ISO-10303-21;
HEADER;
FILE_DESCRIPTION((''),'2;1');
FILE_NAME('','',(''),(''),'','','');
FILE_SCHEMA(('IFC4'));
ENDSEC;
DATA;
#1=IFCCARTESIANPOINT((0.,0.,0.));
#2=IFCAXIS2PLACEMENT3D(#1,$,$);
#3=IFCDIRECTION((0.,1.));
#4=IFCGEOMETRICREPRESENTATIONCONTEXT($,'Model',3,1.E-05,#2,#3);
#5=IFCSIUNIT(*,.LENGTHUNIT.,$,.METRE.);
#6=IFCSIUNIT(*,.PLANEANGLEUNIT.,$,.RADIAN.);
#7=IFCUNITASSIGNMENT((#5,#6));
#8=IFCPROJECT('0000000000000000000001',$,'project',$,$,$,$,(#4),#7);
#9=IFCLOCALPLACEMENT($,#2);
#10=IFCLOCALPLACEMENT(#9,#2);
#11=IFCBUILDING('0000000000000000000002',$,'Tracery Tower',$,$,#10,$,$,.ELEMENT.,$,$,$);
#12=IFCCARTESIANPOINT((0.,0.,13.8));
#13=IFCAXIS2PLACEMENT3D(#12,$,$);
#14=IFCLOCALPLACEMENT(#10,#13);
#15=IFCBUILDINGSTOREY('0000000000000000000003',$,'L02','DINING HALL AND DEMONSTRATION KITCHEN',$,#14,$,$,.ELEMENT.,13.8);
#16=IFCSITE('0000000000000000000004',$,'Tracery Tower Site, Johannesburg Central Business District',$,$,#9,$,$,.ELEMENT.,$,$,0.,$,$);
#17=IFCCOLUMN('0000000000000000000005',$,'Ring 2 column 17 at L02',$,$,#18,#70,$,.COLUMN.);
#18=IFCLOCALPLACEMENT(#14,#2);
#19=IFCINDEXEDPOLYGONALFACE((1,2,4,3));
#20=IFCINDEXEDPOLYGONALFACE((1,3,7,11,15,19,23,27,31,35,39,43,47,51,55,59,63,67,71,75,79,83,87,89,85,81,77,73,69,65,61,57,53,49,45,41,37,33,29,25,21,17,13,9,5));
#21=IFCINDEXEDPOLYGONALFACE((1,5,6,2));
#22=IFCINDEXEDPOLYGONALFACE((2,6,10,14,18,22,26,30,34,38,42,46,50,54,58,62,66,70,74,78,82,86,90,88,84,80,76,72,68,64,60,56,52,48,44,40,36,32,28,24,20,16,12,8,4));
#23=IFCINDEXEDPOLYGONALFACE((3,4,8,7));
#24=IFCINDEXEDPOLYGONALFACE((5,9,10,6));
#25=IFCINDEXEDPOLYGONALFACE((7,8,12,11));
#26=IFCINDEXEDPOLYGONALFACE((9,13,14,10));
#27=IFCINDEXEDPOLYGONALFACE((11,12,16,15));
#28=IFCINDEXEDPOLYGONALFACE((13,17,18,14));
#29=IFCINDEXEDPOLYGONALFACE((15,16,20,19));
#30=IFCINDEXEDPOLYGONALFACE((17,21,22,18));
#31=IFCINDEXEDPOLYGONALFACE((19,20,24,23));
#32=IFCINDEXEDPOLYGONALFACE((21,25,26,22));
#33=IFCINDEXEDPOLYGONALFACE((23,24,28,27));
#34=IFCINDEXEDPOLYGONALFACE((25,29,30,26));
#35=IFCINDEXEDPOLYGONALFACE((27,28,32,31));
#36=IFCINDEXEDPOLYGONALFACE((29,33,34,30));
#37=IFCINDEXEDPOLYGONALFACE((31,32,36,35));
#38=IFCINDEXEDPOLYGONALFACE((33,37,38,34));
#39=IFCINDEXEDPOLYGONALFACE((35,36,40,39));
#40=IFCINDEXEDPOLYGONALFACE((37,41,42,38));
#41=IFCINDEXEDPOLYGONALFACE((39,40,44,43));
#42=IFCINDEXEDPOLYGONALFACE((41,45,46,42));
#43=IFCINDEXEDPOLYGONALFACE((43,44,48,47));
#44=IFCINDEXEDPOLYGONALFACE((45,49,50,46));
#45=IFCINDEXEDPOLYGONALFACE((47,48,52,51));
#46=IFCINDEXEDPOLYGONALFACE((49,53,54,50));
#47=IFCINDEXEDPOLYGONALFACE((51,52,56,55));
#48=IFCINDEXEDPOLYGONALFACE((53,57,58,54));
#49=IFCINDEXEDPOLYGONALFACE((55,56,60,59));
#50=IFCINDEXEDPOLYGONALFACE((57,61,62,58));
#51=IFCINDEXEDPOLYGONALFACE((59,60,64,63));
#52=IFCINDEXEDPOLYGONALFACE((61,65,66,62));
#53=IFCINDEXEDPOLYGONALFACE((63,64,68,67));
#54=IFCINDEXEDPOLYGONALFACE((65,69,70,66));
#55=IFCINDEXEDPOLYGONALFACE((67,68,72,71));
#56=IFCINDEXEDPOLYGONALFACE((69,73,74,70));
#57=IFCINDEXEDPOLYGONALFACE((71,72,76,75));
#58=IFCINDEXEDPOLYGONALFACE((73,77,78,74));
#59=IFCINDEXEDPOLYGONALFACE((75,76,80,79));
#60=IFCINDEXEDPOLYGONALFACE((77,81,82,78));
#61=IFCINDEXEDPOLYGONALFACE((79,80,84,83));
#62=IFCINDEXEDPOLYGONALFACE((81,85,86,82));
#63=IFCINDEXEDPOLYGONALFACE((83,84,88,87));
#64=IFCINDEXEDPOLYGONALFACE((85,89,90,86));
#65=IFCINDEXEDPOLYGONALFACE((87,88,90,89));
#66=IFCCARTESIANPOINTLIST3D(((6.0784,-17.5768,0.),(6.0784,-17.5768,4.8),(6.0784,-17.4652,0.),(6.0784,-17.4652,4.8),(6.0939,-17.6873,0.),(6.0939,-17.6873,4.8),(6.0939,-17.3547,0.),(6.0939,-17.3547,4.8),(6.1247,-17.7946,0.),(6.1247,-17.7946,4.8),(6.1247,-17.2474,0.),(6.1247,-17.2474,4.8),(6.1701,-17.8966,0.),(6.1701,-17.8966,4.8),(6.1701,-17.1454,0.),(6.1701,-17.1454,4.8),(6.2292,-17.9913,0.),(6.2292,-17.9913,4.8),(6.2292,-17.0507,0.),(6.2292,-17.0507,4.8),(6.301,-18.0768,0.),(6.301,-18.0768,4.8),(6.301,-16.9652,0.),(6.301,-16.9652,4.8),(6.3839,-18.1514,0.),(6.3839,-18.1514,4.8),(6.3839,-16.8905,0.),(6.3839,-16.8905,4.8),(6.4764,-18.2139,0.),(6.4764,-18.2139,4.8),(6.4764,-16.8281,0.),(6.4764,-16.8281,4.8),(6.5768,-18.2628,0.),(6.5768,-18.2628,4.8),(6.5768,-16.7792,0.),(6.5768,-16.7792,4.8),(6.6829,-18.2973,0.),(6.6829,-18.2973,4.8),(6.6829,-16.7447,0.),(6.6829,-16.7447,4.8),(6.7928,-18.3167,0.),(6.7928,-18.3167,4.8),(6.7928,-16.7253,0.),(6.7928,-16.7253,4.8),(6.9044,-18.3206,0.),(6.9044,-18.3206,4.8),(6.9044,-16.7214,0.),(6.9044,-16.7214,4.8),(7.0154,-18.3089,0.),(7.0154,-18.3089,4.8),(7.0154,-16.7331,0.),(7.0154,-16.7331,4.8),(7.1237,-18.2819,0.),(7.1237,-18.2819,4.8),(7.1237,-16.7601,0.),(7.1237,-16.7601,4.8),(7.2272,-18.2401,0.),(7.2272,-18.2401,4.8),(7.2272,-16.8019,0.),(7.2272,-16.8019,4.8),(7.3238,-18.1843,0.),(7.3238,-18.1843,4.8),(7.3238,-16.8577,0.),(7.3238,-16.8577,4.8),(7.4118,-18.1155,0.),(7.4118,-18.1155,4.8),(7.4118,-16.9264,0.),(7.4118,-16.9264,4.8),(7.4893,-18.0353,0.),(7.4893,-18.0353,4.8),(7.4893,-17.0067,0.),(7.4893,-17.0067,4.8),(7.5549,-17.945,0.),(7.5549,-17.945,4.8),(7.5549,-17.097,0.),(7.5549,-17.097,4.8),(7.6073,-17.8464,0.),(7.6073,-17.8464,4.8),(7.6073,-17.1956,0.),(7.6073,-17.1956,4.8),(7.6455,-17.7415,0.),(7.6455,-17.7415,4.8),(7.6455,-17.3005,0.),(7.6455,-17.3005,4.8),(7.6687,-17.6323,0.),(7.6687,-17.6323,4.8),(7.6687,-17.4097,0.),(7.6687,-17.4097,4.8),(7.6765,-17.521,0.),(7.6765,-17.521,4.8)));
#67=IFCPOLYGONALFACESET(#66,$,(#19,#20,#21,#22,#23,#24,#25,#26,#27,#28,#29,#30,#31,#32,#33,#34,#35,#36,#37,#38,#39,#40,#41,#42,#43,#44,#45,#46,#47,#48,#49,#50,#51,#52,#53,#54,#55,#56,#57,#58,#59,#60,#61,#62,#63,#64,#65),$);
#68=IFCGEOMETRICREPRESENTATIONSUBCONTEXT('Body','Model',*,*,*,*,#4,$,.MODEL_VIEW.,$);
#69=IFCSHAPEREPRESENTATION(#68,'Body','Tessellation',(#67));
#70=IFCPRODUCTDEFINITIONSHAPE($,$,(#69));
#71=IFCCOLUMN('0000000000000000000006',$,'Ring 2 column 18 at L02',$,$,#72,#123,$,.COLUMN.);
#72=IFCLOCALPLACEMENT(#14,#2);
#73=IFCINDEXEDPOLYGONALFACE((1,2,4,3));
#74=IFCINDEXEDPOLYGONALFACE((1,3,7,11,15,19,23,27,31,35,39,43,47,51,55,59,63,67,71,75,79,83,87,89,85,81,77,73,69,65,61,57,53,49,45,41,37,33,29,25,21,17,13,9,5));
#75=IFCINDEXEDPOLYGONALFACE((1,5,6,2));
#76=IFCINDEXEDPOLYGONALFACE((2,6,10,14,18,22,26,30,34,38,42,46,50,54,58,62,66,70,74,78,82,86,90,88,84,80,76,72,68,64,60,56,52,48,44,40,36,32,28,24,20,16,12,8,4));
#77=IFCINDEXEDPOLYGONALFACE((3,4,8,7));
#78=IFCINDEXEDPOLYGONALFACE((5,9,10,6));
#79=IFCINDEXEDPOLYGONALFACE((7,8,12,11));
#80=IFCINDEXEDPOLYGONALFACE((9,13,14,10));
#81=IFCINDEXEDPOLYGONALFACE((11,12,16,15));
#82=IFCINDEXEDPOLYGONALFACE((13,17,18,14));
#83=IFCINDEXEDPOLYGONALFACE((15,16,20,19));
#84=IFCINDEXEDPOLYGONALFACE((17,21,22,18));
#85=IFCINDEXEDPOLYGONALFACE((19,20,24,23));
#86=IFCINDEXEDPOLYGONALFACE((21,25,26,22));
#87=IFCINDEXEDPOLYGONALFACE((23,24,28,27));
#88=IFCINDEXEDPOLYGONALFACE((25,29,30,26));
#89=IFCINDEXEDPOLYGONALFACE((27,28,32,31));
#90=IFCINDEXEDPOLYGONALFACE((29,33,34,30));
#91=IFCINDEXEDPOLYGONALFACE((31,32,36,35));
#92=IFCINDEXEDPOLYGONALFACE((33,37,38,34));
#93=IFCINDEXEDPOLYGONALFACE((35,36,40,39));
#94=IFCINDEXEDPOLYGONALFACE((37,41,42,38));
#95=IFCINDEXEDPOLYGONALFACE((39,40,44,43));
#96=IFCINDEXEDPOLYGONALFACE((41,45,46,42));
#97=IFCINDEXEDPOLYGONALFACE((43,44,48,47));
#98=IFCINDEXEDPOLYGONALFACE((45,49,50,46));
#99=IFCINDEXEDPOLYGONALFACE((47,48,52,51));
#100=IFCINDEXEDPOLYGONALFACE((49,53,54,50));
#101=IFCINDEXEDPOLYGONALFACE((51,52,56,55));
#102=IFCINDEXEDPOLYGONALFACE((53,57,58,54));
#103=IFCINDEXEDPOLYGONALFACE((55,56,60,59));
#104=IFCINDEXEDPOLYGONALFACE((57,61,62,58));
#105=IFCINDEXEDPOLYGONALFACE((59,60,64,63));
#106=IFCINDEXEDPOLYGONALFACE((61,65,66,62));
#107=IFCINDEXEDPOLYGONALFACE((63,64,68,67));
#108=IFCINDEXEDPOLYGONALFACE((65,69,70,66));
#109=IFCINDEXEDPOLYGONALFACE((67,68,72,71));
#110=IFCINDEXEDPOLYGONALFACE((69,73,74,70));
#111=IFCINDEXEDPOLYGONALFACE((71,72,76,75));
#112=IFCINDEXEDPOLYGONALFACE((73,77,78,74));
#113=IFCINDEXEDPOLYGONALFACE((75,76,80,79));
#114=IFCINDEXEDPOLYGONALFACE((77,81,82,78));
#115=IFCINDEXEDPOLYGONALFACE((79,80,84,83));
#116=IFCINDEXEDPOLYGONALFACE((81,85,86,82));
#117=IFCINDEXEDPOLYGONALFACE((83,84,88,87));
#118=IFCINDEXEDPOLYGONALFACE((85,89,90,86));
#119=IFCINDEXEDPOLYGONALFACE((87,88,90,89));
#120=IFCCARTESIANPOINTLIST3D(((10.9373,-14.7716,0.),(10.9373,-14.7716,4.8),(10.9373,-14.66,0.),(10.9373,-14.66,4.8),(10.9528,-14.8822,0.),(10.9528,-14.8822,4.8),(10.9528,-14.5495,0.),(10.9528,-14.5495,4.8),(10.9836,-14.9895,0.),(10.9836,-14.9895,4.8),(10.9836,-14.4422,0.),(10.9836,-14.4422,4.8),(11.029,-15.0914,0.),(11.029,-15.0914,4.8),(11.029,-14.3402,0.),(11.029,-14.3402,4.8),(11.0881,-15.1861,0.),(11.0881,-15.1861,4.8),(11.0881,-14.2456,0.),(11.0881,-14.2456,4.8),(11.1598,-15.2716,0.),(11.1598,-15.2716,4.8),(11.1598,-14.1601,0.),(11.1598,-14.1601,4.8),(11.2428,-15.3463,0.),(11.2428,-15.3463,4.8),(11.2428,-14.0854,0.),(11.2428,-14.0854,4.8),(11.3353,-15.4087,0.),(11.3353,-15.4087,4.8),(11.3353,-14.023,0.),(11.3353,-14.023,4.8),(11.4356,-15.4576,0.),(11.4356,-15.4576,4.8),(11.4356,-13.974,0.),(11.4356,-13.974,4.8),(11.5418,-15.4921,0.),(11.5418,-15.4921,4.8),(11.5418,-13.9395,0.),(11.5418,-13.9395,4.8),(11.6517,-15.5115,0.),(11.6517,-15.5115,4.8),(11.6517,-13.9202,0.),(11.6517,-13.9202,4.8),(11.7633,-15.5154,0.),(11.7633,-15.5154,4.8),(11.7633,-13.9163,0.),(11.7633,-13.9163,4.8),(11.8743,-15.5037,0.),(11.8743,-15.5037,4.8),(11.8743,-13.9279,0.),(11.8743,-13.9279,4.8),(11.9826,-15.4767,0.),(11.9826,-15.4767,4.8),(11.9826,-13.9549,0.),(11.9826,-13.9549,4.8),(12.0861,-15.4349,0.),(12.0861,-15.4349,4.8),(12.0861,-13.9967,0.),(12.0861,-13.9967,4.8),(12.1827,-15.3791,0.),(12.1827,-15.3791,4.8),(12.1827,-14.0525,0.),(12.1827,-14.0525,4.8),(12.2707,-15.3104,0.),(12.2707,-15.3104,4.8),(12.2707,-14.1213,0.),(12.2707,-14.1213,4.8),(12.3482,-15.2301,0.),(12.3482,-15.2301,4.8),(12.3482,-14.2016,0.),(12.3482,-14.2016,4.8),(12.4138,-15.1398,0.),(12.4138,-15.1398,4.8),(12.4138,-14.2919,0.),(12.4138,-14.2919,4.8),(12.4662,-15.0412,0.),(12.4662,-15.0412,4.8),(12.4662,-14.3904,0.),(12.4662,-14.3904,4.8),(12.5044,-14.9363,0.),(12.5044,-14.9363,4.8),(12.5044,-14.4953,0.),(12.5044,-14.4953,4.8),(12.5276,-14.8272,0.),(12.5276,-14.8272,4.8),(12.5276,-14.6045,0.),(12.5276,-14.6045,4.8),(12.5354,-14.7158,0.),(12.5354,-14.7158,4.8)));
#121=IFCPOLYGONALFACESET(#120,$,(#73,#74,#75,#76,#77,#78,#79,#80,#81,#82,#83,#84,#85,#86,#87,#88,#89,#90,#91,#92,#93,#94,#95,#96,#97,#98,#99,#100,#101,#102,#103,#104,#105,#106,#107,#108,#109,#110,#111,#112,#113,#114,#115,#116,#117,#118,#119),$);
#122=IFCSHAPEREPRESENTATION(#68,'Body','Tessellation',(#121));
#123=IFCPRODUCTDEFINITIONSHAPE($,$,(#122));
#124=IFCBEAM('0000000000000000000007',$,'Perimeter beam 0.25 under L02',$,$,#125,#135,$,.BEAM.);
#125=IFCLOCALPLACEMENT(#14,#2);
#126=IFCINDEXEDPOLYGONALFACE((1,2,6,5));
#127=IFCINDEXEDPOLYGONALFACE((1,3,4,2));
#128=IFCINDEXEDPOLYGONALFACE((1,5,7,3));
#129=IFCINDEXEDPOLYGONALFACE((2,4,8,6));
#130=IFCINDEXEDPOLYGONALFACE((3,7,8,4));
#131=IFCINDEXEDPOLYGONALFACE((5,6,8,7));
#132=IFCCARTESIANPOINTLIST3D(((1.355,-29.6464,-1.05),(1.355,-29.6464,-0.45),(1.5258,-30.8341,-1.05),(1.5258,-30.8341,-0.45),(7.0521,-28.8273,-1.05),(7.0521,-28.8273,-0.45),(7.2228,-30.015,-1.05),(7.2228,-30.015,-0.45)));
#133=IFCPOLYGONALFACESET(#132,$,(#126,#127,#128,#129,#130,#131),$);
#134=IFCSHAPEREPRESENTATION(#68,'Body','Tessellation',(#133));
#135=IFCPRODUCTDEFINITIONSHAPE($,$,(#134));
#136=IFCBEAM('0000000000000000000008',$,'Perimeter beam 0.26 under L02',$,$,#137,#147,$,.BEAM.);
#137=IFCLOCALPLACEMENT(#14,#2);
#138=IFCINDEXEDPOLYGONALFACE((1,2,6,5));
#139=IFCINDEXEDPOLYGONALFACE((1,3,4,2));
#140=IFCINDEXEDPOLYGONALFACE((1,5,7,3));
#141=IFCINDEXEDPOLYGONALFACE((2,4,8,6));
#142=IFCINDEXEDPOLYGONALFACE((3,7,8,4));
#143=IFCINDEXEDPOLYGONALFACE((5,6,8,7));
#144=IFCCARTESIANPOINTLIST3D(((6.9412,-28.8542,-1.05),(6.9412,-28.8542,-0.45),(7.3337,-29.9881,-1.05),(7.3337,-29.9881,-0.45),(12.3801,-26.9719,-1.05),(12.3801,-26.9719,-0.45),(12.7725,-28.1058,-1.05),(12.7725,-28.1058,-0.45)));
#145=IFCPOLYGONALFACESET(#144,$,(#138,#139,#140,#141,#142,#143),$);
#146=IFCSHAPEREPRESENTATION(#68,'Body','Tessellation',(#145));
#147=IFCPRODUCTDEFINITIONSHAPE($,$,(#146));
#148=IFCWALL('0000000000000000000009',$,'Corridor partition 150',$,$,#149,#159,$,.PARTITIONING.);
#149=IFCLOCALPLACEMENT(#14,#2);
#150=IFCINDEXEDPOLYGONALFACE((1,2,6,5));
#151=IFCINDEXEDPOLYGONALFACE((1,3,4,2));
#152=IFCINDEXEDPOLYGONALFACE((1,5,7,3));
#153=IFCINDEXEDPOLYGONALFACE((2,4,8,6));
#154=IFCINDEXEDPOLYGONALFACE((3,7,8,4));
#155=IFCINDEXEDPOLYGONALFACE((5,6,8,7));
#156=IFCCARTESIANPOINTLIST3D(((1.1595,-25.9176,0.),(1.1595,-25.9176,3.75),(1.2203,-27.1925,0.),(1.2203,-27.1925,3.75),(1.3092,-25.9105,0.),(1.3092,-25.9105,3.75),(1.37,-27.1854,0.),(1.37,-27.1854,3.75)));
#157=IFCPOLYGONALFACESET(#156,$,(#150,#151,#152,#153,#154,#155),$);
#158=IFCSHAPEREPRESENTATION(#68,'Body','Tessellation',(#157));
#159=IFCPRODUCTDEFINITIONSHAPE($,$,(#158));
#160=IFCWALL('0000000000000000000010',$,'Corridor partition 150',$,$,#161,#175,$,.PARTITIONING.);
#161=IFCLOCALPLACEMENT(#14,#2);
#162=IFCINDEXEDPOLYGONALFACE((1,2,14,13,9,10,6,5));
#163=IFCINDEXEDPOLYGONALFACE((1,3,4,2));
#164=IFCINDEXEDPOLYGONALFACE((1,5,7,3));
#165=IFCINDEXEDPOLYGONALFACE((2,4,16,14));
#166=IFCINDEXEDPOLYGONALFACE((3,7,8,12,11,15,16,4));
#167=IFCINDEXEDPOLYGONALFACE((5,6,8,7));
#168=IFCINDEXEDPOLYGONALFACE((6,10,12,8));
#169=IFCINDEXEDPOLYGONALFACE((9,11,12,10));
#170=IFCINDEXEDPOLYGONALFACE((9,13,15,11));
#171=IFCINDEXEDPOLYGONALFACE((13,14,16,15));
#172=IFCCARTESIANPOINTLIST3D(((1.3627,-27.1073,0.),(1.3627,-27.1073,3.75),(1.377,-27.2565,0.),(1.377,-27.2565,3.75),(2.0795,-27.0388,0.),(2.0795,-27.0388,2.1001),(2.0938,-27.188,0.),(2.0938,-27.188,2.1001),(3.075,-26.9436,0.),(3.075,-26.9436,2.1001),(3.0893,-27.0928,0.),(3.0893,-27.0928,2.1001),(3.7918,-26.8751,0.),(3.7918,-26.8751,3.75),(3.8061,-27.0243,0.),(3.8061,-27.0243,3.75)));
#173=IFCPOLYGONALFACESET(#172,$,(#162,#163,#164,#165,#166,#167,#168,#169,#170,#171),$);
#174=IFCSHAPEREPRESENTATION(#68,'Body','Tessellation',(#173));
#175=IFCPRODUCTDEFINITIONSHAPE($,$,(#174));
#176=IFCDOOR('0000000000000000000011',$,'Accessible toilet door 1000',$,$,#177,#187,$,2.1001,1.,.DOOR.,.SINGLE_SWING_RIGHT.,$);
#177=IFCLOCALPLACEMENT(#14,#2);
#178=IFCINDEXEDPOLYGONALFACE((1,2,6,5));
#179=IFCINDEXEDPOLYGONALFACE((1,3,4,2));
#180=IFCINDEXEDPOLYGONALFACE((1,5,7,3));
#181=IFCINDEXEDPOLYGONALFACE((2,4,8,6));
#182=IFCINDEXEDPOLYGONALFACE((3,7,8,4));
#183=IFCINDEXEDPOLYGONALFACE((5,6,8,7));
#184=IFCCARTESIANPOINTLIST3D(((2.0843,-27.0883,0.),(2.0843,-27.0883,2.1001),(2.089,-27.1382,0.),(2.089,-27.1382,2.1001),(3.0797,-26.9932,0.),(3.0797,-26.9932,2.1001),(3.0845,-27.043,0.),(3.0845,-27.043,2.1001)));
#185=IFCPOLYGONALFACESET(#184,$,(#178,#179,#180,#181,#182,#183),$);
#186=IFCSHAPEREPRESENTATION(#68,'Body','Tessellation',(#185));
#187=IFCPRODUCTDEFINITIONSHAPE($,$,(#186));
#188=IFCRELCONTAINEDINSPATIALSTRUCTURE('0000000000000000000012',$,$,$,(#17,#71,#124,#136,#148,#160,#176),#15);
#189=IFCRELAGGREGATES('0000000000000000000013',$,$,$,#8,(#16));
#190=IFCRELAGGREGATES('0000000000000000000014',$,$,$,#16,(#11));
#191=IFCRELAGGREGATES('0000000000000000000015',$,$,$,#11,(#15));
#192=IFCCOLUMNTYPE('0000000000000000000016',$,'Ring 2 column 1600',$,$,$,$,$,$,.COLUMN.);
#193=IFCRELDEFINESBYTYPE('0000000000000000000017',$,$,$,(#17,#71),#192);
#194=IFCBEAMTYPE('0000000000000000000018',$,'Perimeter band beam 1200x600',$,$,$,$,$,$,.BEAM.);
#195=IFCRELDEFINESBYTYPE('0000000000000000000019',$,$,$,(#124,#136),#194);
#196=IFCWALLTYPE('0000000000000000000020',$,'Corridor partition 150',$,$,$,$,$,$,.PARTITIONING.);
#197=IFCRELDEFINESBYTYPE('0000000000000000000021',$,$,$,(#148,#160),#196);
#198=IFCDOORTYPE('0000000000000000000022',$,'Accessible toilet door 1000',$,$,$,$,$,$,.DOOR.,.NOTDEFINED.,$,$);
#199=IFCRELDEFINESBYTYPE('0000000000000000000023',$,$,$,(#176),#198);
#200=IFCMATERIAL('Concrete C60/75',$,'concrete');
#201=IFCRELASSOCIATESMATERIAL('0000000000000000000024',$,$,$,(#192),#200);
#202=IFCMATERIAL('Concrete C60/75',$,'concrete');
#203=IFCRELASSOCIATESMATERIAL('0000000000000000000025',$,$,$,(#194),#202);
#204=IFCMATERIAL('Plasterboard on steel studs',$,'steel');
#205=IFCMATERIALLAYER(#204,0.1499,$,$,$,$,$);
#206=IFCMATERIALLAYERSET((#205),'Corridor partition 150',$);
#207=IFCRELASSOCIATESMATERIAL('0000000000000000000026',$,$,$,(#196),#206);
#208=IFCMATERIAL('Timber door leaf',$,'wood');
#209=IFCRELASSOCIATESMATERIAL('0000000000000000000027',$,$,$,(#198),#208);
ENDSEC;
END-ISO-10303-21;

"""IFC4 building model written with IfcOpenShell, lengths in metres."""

from ifc_helpers import new_model, si_unit, direction, frame, frame_2d, origin, origin_2d, place, context, subcontext, project, spatial, rectangle, circle, extrude, material, layer, layer_set, material_profile, profile_set, type_object, element, fill, save


model = new_model("IFC4")

# Units and contexts
model_context = context("Model", 3, precision=1e-05, world=origin(), true_north=direction((0.0, 1.0)))
body_context = subcontext(model_context, "Body", "Model", "MODEL_VIEW")
ifc_project = project(units=[si_unit("LENGTHUNIT", "METRE"), si_unit("PLANEANGLEUNIT", "RADIAN")], contexts=[model_context])

# Site, building, storey
site_placement = place(None, origin())
site = spatial("IfcSite", under=ifc_project, at=site_placement, Name="Tracery Tower Site, Johannesburg Central Business District", CompositionType="ELEMENT", RefElevation=0.0)
building_placement = place(site_placement, origin())
building = spatial("IfcBuilding", under=site, at=building_placement, Name="Tracery Tower", CompositionType="ELEMENT")
storey_placement = place(building_placement, frame((0.0, 0.0, 13.8)))
storey = spatial("IfcBuildingStorey", under=building, at=storey_placement, Name="L02", Description="DINING HALL AND DEMONSTRATION KITCHEN", CompositionType="ELEMENT", Elevation=13.8)

# Columns
ifc_material_1 = material(Name="Concrete C60/75", Category="concrete")
ifc_material_profile_1 = material_profile(ifc_material_1, circle(Radius=0.8, at=origin_2d()), Name="RC D1600")
ifc_profile_set_1 = profile_set([ifc_material_profile_1], Name="Concrete C60/75")
column_type_1 = type_object("IfcColumnType", Name="Ring 2 column 1600", PredefinedType="COLUMN", material=ifc_profile_set_1)
for number, where, z_axis, x_axis, name in (
    (1, (6.8765, -17.521, 0.0), (0.0, 0.0, 1.0), (1.0, 0.0, 0.0), "Ring 2 column 17 at L02"),
    (2, (11.7354, -14.7158, 0.0), (0.0, 0.0, 1.0), (1.0, 0.0, 0.0), "Ring 2 column 18 at L02"),
):
    element("IfcColumn", number, at=place(storey_placement, frame(where, z_axis=z_axis, x_axis=x_axis)), inside=storey, type_object=column_type_1, Name=name, PredefinedType="COLUMN", context=body_context, shape_type="SweptSolid", body=[
        extrude(circle(Radius=0.8, at=origin_2d()), origin(), (0.0, 0.0, 1.0), 4.8),
    ])

# Beams
ifc_material_2 = material(Name="Concrete C60/75", Category="concrete")
ifc_material_profile_2 = material_profile(ifc_material_2, rectangle(XDim=1.2, YDim=0.6001, at=origin_2d()), Name="RC 1200x600")
ifc_profile_set_2 = profile_set([ifc_material_profile_2], Name="Concrete C60/75")
beam_type = type_object("IfcBeamType", Name="Perimeter band beam 1200x600", PredefinedType="BEAM", material=ifc_profile_set_2)
beam_1_placement = place(storey_placement, frame((1.4404, -30.2402, -0.75), z_axis=(0.989822, 0.142312, 0.0), x_axis=(-0.142312, 0.989822, 0.0)))
element("IfcBeam", 3, at=beam_1_placement, inside=storey, type_object=beam_type, Name="Perimeter beam 0.25 under L02", PredefinedType="BEAM", context=body_context, shape_type="SweptSolid", body=[
    extrude(rectangle(XDim=1.2, YDim=0.6001, at=origin_2d()), origin(), (0.0, 0.0, 1.0), 5.7556),
])
beam_2_placement = place(storey_placement, frame((7.1375, -29.4211, -0.75), z_axis=(0.945007, 0.327049, 0.0), x_axis=(-0.327049, 0.945007, 0.0)))
element("IfcBeam", 4, at=beam_2_placement, inside=storey, type_object=beam_type, Name="Perimeter beam 0.26 under L02", PredefinedType="BEAM", context=body_context, shape_type="SweptSolid", body=[
    extrude(rectangle(XDim=1.2, YDim=0.6001, at=origin_2d()), origin(), (0.0, 0.0, 1.0), 5.7554),
])

# Wall
ifc_material_3 = material(Name="Plasterboard on steel studs", Category="steel")
ifc_layer_1 = layer(ifc_material_3, 0.1499)
ifc_layer_set_1 = layer_set([ifc_layer_1], Name="Corridor partition 150")
wall_type_1 = type_object("IfcWallType", Name="Corridor partition 150", PredefinedType="PARTITIONING", material=ifc_layer_set_1)
wall_1_placement = place(storey_placement, frame((1.2952, -27.189, 0.0), z_axis=(0.0, 0.0, 1.0), x_axis=(-0.047629, 0.998865, 0.0)))
element("IfcWall", 5, at=wall_1_placement, inside=storey, type_object=wall_type_1, Name="Corridor partition 150", PredefinedType="PARTITIONING", context=body_context, shape_type="SweptSolid", body=[
    extrude(rectangle(XDim=1.2764, YDim=0.1499, at=frame_2d((0.6382, 0.0))), origin(), (0.0, 0.0, 1.0), 3.75),
])

# Wall, opening, door
wall_2_placement = place(storey_placement, frame((3.7991, -26.9497, 0.0), z_axis=(0.0, 0.0, 1.0), x_axis=(-0.995463, -0.095144, 0.0)))
wall_2 = element("IfcWall", 6, at=wall_2_placement, inside=storey, type_object=wall_type_1, Name="Corridor partition 150", PredefinedType="PARTITIONING", context=body_context, shape_type="SweptSolid", body=[
    extrude(rectangle(XDim=2.4402, YDim=0.1499, at=frame_2d((1.2202, 0.0))), origin(), (0.0, 0.0, 1.0), 3.75),
])
opening_1_placement = place(wall_2_placement, frame((0.7202, 0.0, 0.0)))
opening_1 = element("IfcOpeningElement", 7, at=opening_1_placement, cuts=wall_2, PredefinedType="OPENING", context=body_context, shape_type="SweptSolid", body=[
    extrude(rectangle(XDim=1.0, YDim=2.1001, at=frame_2d((0.5, 1.05))), frame((0.0, 0.075, 0.0), z_axis=(0.0, -1.0, 0.0), x_axis=(1.0, 0.0, 0.0)), (0.0, 0.0, 1.0), 0.1499),
])
ifc_material_4 = material(Name="Timber door leaf", Category="wood")
door_type_1 = type_object("IfcDoorType", Name="Accessible toilet door 1000", OperationType="NOTDEFINED", PredefinedType="DOOR", material=ifc_material_4)
door_1_placement = place(opening_1_placement, origin())
door_1 = element("IfcDoor", 8, at=door_1_placement, inside=storey, type_object=door_type_1, Name="Accessible toilet door 1000", OperationType="SINGLE_SWING_RIGHT", OverallHeight=2.1001, OverallWidth=1.0, PredefinedType="DOOR", context=body_context, shape_type="SweptSolid", body=[
    extrude(rectangle(XDim=1.0, YDim=2.1001, at=frame_2d((0.5, 1.05))), frame((0.0, 0.0249, 0.0), z_axis=(0.0, -1.0, 0.0), x_axis=(1.0, 0.0, 0.0)), (0.0, 0.0, 1.0), 0.05),
])
fill(opening_1, door_1)

save(model, "model.ifc")
